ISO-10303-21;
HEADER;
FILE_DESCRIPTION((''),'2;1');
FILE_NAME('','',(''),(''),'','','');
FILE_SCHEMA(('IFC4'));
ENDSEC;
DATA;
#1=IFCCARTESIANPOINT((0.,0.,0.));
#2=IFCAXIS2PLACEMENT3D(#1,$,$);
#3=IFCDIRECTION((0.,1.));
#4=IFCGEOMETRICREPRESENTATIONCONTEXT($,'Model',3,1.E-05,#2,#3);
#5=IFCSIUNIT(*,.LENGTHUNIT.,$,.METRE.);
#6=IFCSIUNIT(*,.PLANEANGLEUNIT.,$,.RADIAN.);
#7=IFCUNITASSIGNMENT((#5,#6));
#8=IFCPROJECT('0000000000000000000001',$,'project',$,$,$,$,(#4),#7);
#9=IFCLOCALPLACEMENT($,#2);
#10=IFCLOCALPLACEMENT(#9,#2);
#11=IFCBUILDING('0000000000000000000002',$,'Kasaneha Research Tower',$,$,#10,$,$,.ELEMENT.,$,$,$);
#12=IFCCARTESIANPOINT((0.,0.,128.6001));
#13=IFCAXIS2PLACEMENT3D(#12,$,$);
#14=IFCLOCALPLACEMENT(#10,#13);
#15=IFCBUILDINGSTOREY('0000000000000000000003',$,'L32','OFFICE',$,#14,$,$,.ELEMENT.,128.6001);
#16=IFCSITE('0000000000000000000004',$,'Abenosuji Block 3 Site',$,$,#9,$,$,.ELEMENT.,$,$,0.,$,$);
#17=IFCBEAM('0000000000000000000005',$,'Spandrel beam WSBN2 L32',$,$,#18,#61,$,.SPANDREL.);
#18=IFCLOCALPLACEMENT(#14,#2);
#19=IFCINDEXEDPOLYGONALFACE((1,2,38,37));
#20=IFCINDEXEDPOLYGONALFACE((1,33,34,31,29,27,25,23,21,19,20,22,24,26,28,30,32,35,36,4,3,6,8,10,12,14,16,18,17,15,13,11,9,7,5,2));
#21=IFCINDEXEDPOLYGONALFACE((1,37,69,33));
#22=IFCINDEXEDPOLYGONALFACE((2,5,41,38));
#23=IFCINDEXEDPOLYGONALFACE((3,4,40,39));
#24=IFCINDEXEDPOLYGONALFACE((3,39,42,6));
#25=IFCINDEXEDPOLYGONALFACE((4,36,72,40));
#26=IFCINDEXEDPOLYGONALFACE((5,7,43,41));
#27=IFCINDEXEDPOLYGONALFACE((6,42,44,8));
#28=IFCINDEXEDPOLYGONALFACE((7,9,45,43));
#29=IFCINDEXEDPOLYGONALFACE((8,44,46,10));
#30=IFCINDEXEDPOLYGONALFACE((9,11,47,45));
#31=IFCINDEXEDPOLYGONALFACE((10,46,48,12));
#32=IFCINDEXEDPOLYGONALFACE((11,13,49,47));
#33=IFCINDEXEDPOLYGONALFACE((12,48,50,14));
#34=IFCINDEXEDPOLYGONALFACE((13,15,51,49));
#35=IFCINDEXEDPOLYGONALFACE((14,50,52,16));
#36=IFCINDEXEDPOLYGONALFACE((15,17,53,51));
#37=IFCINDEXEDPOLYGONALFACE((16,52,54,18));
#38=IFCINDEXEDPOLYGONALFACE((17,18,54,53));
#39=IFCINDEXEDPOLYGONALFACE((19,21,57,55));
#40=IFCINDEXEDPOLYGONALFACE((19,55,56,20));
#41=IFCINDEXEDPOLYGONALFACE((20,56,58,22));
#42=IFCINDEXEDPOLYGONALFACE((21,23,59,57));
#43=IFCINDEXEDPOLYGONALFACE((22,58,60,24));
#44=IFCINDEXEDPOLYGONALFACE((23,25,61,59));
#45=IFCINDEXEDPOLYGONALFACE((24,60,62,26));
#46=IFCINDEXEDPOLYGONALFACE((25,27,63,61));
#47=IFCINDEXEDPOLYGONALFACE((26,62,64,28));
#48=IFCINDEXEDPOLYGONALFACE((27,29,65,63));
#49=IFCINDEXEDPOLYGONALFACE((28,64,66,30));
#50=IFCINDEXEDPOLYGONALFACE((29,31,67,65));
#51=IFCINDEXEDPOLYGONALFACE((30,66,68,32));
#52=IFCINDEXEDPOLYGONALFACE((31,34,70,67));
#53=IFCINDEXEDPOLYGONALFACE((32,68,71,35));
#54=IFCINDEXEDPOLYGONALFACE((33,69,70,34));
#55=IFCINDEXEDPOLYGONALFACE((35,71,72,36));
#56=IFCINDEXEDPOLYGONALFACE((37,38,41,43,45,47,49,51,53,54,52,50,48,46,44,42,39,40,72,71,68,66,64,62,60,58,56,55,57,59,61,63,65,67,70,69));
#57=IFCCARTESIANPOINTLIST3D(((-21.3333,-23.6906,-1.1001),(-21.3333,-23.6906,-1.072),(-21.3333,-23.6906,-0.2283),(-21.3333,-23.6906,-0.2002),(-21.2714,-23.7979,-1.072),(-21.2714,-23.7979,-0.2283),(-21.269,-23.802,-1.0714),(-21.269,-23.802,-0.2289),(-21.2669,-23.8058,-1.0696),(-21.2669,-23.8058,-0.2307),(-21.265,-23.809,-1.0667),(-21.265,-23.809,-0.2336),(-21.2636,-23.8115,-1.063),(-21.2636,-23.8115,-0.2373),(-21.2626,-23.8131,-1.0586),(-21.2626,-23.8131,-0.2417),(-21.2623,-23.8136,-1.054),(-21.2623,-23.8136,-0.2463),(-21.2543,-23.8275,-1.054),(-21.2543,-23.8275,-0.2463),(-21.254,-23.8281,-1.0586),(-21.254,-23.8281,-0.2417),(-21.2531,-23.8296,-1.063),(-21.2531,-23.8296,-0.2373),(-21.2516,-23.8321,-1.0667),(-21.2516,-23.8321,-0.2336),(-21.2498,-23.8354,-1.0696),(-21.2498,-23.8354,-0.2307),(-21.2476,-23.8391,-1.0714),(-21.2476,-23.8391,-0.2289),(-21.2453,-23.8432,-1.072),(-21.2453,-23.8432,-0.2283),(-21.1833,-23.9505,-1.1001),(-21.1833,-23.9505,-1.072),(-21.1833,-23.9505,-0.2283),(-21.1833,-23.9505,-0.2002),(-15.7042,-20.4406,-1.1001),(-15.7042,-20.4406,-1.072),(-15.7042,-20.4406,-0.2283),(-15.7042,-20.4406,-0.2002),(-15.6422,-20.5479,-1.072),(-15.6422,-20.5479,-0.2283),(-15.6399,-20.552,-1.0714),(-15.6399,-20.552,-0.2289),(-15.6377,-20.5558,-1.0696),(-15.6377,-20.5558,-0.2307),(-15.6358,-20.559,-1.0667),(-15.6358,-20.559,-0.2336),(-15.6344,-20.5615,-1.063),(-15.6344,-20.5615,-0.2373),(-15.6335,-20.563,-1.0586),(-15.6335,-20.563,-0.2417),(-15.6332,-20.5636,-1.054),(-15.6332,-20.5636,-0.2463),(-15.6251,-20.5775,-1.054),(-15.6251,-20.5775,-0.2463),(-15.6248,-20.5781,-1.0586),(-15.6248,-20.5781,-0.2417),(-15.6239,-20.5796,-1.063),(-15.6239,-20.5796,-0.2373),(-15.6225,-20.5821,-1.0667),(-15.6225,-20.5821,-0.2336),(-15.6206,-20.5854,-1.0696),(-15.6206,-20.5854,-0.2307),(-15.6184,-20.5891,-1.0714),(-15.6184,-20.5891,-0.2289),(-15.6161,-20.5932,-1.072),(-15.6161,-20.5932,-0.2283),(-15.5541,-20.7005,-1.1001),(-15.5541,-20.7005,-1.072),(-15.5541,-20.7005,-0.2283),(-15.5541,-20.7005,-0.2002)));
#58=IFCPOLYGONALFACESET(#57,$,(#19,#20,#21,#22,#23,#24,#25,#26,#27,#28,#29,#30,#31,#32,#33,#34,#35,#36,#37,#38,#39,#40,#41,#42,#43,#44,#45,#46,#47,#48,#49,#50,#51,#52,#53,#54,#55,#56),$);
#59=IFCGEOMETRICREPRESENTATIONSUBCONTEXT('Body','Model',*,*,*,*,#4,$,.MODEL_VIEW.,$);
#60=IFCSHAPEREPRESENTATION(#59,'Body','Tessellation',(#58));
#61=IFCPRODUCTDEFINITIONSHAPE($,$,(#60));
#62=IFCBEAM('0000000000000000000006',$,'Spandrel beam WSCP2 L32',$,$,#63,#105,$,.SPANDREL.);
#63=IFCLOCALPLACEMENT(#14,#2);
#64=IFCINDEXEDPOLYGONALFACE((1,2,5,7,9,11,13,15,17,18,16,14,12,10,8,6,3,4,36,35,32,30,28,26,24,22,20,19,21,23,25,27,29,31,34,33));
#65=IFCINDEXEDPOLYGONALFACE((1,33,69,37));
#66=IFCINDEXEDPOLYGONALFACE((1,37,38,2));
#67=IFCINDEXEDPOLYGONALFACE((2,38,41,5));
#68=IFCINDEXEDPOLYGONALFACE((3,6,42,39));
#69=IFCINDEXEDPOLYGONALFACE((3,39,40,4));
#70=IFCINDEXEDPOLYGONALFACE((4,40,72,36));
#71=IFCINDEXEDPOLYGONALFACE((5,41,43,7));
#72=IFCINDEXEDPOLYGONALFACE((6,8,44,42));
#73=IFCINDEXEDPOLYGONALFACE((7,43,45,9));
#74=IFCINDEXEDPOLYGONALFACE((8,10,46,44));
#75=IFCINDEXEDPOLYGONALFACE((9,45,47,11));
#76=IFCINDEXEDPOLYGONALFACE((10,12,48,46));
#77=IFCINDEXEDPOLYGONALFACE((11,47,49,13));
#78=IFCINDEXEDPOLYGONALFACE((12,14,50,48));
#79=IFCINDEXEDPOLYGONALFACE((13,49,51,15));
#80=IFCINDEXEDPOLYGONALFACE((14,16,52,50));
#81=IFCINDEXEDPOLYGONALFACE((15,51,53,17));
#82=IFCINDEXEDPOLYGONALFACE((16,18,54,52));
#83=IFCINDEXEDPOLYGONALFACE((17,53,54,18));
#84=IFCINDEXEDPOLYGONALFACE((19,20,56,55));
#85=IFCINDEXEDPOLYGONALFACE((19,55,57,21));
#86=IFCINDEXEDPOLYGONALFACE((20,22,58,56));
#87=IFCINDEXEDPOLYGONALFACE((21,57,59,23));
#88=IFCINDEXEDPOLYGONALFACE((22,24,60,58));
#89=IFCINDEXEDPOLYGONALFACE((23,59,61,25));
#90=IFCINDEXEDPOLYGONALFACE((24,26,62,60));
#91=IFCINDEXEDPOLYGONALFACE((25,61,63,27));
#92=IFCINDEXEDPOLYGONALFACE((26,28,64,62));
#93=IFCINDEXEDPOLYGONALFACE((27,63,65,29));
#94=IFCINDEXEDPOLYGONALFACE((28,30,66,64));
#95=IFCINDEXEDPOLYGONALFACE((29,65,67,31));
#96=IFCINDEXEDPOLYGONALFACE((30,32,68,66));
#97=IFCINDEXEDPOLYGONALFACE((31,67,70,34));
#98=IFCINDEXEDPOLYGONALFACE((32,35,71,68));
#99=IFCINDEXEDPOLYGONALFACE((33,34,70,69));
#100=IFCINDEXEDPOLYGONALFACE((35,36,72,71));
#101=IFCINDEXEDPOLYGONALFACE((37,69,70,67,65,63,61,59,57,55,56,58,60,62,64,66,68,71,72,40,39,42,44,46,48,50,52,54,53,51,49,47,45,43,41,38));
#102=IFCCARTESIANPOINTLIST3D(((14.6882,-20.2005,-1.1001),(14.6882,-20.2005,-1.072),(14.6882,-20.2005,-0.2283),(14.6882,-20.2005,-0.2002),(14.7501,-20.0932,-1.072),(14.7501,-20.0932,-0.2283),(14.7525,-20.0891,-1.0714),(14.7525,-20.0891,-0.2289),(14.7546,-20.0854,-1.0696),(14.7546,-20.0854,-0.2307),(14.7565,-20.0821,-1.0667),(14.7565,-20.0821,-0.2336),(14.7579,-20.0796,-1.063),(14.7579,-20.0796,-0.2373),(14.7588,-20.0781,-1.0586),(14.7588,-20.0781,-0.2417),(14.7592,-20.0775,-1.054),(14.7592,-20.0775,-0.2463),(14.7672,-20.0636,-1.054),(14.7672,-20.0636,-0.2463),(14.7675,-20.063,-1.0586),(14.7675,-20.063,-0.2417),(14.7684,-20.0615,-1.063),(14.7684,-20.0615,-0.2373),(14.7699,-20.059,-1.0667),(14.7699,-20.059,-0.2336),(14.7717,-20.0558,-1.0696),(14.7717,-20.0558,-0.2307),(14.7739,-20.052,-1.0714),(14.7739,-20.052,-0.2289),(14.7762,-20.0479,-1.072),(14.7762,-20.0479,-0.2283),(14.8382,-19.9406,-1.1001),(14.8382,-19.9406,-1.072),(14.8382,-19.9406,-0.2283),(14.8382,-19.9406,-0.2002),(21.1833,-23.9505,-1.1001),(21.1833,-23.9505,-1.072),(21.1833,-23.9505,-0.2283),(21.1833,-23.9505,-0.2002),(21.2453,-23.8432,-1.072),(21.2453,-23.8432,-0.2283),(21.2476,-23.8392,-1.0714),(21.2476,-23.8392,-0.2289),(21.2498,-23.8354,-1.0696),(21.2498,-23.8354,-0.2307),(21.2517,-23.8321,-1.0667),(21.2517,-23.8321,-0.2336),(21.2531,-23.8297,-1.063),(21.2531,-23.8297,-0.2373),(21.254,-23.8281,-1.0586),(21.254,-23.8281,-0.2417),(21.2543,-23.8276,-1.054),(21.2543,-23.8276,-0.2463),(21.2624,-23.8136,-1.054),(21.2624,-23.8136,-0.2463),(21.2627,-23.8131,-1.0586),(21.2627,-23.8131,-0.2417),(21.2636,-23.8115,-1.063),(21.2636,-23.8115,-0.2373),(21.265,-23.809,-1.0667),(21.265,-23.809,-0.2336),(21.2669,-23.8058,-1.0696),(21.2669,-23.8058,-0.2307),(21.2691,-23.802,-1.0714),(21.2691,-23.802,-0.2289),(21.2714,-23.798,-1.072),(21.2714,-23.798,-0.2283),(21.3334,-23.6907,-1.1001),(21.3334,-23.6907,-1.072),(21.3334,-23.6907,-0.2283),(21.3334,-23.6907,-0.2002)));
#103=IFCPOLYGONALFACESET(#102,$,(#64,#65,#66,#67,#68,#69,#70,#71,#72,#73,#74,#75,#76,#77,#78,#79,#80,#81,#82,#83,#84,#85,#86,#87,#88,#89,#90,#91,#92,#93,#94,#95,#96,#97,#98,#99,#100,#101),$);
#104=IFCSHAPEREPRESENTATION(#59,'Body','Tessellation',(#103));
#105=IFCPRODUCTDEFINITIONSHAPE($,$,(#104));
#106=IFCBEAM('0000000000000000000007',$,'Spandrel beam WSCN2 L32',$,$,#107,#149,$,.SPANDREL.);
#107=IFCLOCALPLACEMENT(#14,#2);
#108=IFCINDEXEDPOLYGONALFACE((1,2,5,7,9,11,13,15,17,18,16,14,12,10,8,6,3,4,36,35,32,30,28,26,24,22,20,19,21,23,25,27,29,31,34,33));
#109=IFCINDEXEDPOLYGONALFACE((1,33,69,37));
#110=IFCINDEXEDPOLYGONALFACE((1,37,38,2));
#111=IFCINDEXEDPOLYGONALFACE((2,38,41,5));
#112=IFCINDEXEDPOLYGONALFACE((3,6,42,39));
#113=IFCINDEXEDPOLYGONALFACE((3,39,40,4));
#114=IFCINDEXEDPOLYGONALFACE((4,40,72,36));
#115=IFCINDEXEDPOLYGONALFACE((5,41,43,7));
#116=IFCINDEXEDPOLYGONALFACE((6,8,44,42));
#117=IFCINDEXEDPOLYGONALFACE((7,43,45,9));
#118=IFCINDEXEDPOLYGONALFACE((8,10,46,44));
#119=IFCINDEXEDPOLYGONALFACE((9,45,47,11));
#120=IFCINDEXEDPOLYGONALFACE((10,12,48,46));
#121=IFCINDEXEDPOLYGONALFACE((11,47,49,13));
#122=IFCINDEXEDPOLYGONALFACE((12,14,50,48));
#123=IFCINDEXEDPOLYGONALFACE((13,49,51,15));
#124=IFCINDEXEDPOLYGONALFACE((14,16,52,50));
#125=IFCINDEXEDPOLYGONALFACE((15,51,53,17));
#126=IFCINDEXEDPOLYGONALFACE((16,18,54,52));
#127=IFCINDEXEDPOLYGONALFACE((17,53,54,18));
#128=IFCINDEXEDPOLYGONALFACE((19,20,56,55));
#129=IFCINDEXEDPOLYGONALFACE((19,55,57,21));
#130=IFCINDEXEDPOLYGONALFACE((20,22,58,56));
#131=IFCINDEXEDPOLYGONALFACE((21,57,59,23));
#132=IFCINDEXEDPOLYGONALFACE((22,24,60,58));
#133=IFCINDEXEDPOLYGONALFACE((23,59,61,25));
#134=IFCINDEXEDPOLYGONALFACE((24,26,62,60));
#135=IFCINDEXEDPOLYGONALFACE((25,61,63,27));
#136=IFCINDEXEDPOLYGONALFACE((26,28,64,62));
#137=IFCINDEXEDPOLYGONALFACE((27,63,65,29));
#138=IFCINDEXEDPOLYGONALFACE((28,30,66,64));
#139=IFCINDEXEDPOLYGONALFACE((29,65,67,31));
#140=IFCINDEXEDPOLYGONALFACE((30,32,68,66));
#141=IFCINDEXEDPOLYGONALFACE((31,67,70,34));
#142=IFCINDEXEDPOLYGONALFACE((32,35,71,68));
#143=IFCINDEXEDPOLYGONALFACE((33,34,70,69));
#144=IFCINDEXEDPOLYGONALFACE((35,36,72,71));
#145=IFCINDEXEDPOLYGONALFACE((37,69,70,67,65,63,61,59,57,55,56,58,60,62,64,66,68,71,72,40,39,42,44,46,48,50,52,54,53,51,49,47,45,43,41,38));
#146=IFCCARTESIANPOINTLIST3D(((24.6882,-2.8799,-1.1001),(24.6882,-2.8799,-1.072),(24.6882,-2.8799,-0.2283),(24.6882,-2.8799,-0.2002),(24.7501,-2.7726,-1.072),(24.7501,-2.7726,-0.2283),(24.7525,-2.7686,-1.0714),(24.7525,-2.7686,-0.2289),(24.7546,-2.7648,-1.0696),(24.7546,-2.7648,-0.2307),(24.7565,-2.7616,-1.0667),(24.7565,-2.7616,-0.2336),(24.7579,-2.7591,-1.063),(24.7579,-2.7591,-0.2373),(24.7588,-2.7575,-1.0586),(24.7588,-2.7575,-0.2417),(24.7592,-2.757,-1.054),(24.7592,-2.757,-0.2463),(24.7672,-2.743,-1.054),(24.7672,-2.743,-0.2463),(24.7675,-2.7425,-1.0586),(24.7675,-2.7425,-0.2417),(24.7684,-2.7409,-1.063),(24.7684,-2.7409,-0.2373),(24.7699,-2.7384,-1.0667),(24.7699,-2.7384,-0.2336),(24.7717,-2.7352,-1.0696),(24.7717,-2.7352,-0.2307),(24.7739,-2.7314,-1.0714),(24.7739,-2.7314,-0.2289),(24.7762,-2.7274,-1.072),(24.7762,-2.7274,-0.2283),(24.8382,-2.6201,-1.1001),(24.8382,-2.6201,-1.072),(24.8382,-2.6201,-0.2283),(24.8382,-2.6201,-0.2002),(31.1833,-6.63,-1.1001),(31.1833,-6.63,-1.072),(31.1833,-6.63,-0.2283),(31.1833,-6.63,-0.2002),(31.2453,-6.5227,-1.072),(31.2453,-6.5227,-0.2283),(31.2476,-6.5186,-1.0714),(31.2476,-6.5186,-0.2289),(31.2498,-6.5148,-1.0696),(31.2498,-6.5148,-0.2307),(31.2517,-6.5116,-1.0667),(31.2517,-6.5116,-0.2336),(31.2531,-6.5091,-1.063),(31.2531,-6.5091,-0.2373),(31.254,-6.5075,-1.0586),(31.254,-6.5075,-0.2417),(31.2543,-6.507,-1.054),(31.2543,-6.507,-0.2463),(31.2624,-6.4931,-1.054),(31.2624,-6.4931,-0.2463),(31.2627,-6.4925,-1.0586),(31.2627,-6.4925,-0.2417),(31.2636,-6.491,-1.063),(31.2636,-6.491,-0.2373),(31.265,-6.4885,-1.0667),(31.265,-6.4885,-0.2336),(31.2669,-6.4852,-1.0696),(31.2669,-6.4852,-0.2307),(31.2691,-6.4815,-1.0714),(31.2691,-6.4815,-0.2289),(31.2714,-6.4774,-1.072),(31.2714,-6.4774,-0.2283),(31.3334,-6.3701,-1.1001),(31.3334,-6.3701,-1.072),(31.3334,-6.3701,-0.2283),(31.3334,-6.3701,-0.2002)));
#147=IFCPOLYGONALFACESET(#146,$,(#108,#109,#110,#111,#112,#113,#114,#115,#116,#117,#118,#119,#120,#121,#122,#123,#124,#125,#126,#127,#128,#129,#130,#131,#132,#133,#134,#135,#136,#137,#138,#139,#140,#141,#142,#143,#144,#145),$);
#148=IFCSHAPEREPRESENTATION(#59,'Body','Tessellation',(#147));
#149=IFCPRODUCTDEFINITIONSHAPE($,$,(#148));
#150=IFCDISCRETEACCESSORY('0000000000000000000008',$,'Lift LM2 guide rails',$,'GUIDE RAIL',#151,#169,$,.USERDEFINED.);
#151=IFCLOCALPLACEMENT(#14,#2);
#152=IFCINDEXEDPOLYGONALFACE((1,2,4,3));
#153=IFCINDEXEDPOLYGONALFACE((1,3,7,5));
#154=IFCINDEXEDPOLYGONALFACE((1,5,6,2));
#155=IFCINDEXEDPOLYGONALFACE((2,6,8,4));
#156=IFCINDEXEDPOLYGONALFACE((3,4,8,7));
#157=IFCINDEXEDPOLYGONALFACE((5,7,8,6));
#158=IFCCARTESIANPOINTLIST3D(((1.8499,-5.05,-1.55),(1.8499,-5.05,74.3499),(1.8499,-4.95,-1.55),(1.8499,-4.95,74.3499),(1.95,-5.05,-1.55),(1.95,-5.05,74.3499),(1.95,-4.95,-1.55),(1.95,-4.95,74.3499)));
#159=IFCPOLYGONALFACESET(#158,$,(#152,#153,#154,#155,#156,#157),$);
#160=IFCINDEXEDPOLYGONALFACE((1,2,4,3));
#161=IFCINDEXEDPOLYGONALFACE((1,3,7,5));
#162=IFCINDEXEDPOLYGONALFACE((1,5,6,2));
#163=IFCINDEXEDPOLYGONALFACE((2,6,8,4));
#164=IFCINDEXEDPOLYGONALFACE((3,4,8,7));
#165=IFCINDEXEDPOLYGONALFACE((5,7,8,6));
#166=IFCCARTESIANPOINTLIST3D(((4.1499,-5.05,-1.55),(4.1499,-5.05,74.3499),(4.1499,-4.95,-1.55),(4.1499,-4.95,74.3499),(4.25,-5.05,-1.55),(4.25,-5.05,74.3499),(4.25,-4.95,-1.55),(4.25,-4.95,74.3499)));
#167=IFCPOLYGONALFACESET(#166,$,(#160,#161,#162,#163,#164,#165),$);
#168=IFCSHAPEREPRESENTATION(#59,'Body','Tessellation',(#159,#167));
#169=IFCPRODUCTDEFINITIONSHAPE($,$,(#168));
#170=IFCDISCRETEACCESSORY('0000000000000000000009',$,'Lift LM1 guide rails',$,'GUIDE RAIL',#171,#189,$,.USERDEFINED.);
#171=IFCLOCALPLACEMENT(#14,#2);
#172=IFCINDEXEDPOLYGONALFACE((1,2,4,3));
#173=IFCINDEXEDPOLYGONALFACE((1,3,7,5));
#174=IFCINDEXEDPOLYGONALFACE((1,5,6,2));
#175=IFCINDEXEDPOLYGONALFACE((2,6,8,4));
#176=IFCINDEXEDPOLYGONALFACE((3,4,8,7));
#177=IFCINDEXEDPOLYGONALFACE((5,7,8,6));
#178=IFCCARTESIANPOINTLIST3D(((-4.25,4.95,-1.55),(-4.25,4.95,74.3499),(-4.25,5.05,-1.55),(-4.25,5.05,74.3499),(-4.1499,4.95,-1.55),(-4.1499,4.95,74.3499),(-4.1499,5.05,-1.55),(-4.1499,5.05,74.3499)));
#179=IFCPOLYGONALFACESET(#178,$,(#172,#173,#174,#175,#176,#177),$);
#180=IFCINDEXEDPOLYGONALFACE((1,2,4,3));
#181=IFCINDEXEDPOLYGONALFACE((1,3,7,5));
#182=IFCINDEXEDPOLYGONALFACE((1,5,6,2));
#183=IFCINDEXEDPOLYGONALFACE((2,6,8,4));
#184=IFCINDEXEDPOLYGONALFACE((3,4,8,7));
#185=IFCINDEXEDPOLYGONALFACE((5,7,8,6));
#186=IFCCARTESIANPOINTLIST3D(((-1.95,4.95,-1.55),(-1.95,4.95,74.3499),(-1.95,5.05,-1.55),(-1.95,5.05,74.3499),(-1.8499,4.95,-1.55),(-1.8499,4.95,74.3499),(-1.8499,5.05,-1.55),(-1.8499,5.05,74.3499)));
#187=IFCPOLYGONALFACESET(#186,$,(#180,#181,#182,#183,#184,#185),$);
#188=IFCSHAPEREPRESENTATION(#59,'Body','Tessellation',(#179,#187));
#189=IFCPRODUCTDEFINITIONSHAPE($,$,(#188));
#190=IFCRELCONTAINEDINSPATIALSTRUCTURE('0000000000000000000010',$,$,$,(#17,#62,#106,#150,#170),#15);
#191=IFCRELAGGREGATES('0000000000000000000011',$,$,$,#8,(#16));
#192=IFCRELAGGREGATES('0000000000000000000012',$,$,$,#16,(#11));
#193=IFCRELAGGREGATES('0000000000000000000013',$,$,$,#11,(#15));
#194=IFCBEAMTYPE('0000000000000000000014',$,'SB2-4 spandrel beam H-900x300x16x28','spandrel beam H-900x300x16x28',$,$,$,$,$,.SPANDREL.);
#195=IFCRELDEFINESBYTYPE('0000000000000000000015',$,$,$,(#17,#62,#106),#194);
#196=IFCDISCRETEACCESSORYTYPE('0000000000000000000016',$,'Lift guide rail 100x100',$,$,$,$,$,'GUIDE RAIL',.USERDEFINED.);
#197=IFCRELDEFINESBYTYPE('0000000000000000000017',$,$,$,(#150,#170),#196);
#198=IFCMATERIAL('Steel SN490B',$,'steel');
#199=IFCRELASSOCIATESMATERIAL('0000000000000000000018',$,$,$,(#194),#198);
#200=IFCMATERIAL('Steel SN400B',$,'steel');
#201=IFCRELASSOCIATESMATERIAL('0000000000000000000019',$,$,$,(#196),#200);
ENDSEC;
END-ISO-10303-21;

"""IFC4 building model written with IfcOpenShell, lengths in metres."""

from ifc_helpers import new_model, si_unit, direction, frame, origin, origin_2d, place, context, subcontext, project, spatial, rectangle, i_section, extrude, material, material_profile, profile_set, type_object, element, save


model = new_model("IFC4")

# Units and contexts
model_context = context("Model", 3, precision=1e-05, world=origin(), true_north=direction((0.0, 1.0)))
body_context = subcontext(model_context, "Body", "Model", "MODEL_VIEW")
ifc_project = project(units=[si_unit("LENGTHUNIT", "METRE"), si_unit("PLANEANGLEUNIT", "RADIAN")], contexts=[model_context])

# Site, building, storey
site_placement = place(None, origin())
site = spatial("IfcSite", under=ifc_project, at=site_placement, Name="Abenosuji Block 3 Site", CompositionType="ELEMENT", RefElevation=0.0)
building_placement = place(site_placement, origin())
building = spatial("IfcBuilding", under=site, at=building_placement, Name="Kasaneha Research Tower", CompositionType="ELEMENT")
storey_placement = place(building_placement, frame((0.0, 0.0, 128.6001)))
storey = spatial("IfcBuildingStorey", under=building, at=storey_placement, Name="L32", Description="OFFICE", CompositionType="ELEMENT", Elevation=128.6001)

# Beams
ifc_material_1 = material(Name="Steel SN490B", Category="steel")
ifc_material_profile_1 = material_profile(ifc_material_1, i_section(OverallWidth=0.3, OverallDepth=0.8999, WebThickness=0.0161, FlangeThickness=0.0281, FilletRadius=0.0181, at=origin_2d()), Name="H-900x300x16x28")
ifc_profile_set_1 = profile_set([ifc_material_profile_1], Name="Steel SN490B")
beam_type_1 = type_object("IfcBeamType", Name="SB2-4 spandrel beam H-900x300x16x28", Description="spandrel beam H-900x300x16x28", PredefinedType="SPANDREL", material=ifc_profile_set_1)
for number, where, z_axis, x_axis, name in (
    (1, (-15.6292, -20.5706, -0.6501), (-0.866025, -0.500001, 0.0), (0.500001, -0.866025, 0.0), "Spandrel beam WSBN2 L32"),
):
    element("IfcBeam", number, at=place(storey_placement, frame(where, z_axis=z_axis, x_axis=x_axis)), inside=storey, type_object=beam_type_1, Name=name, PredefinedType="SPANDREL", context=body_context, shape_type="SweptSolid", body=[
        extrude(i_section(OverallWidth=0.3, OverallDepth=0.8999, WebThickness=0.0161, FlangeThickness=0.0281, FilletRadius=0.0181, at=origin_2d()), origin(), (0.0, 0.0, 1.0), 6.5),
    ])
for number, where, z_axis, x_axis, name in (
    (2, (14.7632, -20.0706, -0.6501), (0.866023, -0.500004, 0.0), (0.500004, 0.866023, 0.0), "Spandrel beam WSCP2 L32"),
    (3, (24.7632, -2.75, -0.6501), (0.866023, -0.500004, 0.0), (0.500004, 0.866023, 0.0), "Spandrel beam WSCN2 L32"),
):
    element("IfcBeam", number, at=place(storey_placement, frame(where, z_axis=z_axis, x_axis=x_axis)), inside=storey, type_object=beam_type_1, Name=name, PredefinedType="SPANDREL", context=body_context, shape_type="SweptSolid", body=[
        extrude(i_section(OverallWidth=0.3, OverallDepth=0.8999, WebThickness=0.0161, FlangeThickness=0.0281, FilletRadius=0.0181, at=origin_2d()), origin(), (0.0, 0.0, 1.0), 7.5),
    ])

# Discrete accessories
ifc_material_2 = material(Name="Steel SN400B", Category="steel")
discrete_accessory_type = type_object("IfcDiscreteAccessoryType", Name="Lift guide rail 100x100", ElementType="GUIDE RAIL", PredefinedType="USERDEFINED", material=ifc_material_2)
discrete_accessory_1_placement = place(storey_placement, frame((0.0, 0.0, -128.6001)))
element("IfcDiscreteAccessory", 4, at=discrete_accessory_1_placement, inside=storey, type_object=discrete_accessory_type, Name="Lift LM2 guide rails", ObjectType="GUIDE RAIL", PredefinedType="USERDEFINED", context=body_context, shape_type="SweptSolid", body=[
    extrude(rectangle(XDim=0.1001, YDim=0.1001, at=origin_2d()), frame((1.8999, -5.0, 127.05)), (0.0, 0.0, 1.0), 75.8999),
    extrude(rectangle(XDim=0.1001, YDim=0.1001, at=origin_2d()), frame((4.2, -5.0, 127.05)), (0.0, 0.0, 1.0), 75.8999),
])
discrete_accessory_2_placement = place(storey_placement, frame((0.0, 0.0, -128.6001)))
element("IfcDiscreteAccessory", 5, at=discrete_accessory_2_placement, inside=storey, type_object=discrete_accessory_type, Name="Lift LM1 guide rails", ObjectType="GUIDE RAIL", PredefinedType="USERDEFINED", context=body_context, shape_type="SweptSolid", body=[
    extrude(rectangle(XDim=0.1001, YDim=0.1001, at=origin_2d()), frame((-4.2, 5.0, 127.05)), (0.0, 0.0, 1.0), 75.8999),
    extrude(rectangle(XDim=0.1001, YDim=0.1001, at=origin_2d()), frame((-1.8999, 5.0, 127.05)), (0.0, 0.0, 1.0), 75.8999),
])

save(model, "model.ifc")
